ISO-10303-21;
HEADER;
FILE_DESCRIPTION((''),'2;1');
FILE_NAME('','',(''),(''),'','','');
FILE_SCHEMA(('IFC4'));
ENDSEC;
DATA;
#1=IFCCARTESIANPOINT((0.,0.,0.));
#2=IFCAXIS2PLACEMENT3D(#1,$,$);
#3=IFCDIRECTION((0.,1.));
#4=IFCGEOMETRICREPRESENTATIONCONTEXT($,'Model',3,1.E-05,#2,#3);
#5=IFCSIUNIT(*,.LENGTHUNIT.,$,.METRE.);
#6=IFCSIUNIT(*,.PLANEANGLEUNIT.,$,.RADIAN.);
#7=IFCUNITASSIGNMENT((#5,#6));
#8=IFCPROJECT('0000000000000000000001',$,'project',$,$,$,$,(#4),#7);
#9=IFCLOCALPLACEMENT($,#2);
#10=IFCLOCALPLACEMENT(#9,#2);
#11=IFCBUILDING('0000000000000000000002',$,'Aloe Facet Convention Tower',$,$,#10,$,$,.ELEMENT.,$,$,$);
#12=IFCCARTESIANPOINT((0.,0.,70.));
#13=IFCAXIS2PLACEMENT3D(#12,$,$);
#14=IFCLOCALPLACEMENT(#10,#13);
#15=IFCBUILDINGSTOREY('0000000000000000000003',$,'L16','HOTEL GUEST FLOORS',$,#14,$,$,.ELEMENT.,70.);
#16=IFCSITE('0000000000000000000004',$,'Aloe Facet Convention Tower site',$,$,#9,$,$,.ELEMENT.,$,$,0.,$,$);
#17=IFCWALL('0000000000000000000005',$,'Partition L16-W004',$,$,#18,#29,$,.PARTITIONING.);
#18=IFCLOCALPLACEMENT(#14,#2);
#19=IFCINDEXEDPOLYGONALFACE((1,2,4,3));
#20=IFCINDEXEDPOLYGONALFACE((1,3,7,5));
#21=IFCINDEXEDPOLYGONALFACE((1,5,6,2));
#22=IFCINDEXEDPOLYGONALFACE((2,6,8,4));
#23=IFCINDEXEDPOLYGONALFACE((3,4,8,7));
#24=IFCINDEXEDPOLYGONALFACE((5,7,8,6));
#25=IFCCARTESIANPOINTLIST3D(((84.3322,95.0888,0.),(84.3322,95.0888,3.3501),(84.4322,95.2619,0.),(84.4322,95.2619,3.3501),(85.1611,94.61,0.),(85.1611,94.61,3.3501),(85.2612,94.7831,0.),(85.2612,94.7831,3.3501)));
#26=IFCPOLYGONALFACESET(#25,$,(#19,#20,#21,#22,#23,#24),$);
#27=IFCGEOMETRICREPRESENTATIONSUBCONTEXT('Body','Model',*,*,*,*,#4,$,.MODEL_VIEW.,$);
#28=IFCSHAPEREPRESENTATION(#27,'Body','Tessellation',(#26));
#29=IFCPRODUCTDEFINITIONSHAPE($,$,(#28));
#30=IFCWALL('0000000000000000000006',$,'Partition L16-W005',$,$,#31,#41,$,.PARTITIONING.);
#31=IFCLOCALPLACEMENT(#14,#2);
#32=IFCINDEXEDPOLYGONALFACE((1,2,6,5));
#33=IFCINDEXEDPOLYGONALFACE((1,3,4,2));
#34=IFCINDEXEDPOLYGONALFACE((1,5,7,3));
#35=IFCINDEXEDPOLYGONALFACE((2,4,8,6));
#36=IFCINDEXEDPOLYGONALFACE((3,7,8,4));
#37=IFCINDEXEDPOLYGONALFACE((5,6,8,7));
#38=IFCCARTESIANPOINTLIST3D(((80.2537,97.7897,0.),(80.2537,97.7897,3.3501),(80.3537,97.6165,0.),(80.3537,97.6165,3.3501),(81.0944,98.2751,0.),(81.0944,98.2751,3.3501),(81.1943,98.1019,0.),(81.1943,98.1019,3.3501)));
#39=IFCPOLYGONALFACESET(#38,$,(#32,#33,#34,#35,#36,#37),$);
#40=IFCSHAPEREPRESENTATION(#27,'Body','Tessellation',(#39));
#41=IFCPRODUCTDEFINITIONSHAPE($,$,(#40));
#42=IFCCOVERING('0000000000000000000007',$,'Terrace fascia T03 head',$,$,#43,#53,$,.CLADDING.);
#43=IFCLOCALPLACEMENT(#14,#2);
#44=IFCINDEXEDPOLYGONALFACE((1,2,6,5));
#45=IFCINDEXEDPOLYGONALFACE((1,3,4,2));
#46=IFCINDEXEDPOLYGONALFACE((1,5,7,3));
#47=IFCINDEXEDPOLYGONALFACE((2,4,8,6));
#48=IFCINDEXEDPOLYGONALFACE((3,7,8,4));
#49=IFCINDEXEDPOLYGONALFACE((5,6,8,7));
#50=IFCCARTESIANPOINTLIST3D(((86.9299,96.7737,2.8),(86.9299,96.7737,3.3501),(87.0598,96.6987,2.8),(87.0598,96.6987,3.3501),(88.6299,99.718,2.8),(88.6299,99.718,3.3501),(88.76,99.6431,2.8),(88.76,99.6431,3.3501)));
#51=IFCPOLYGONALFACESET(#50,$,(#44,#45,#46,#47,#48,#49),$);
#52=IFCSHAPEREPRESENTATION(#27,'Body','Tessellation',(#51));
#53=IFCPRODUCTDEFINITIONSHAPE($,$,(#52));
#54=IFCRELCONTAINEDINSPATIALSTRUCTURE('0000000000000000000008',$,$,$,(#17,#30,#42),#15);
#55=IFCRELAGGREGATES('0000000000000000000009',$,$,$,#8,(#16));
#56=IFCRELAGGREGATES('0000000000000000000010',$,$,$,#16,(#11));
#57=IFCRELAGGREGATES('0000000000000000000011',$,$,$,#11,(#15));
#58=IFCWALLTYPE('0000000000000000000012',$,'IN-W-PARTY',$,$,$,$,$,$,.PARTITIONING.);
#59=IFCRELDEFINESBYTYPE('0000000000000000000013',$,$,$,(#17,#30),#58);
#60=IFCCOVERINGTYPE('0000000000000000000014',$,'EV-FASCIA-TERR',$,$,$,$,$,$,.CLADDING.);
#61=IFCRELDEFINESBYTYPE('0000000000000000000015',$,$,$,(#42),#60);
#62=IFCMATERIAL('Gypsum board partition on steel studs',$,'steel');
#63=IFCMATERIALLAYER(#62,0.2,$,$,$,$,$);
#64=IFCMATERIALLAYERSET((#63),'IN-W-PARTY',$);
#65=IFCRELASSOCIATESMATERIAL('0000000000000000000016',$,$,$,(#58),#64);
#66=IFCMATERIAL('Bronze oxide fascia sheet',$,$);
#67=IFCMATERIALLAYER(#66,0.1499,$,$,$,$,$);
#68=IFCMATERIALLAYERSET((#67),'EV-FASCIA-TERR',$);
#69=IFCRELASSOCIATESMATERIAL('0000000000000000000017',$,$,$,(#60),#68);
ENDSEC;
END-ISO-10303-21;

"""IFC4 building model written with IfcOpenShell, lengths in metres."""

from ifc_helpers import new_model, si_unit, direction, frame, frame_2d, origin, place, context, subcontext, project, spatial, polyline, rectangle, outline, extrude, material, layer, layer_set, type_object, element, save


model = new_model("IFC4")

# Units and contexts
model_context = context("Model", 3, precision=1e-05, world=origin(), true_north=direction((0.0, 1.0)))
body_context = subcontext(model_context, "Body", "Model", "MODEL_VIEW")
ifc_project = project(units=[si_unit("LENGTHUNIT", "METRE"), si_unit("PLANEANGLEUNIT", "RADIAN")], contexts=[model_context])

# Site, building, storey
site_placement = place(None, origin())
site = spatial("IfcSite", under=ifc_project, at=site_placement, Name="Aloe Facet Convention Tower site", CompositionType="ELEMENT", RefElevation=0.0)
building_placement = place(site_placement, origin())
building = spatial("IfcBuilding", under=site, at=building_placement, Name="Aloe Facet Convention Tower", CompositionType="ELEMENT")
storey_placement = place(building_placement, frame((0.0, 0.0, 70.0)))
storey = spatial("IfcBuildingStorey", under=building, at=storey_placement, Name="L16", Description="HOTEL GUEST FLOORS", CompositionType="ELEMENT", Elevation=70.0)

# Walls
ifc_material_1 = material(Name="Gypsum board partition on steel studs", Category="steel")
ifc_layer_1 = layer(ifc_material_1, 0.2)
ifc_layer_set_1 = layer_set([ifc_layer_1], Name="IN-W-PARTY")
wall_type_1 = type_object("IfcWallType", Name="IN-W-PARTY", PredefinedType="PARTITIONING", material=ifc_layer_set_1)
wall_1_placement = place(storey_placement, frame((84.3823, 95.1753, 0.0), z_axis=(0.0, 0.0, 1.0), x_axis=(0.865926, -0.500171, 0.0)))
element("IfcWall", 1, at=wall_1_placement, inside=storey, type_object=wall_type_1, Name="Partition L16-W004", PredefinedType="PARTITIONING", context=body_context, shape_type="SweptSolid", body=[
    extrude(rectangle(XDim=0.9573, YDim=0.2, at=frame_2d((0.4785, 0.0))), origin(), (0.0, 0.0, 1.0), 3.3501),
])
wall_2_placement = place(storey_placement, frame((80.3037, 97.7031, 0.0), z_axis=(0.0, 0.0, 1.0), x_axis=(0.866005, 0.500035, 0.0)))
element("IfcWall", 2, at=wall_2_placement, inside=storey, type_object=wall_type_1, Name="Partition L16-W005", PredefinedType="PARTITIONING", context=body_context, shape_type="SweptSolid", body=[
    extrude(rectangle(XDim=0.9707, YDim=0.2, at=frame_2d((0.4854, 0.0))), origin(), (0.0, 0.0, 1.0), 3.3501),
])

# Covering
ifc_material_2 = material(Name="Bronze oxide fascia sheet")
ifc_layer_2 = layer(ifc_material_2, 0.1499)
ifc_layer_set_2 = layer_set([ifc_layer_2], Name="EV-FASCIA-TERR")
covering_type = type_object("IfcCoveringType", Name="EV-FASCIA-TERR", PredefinedType="CLADDING", material=ifc_layer_set_2)
covering_placement = place(storey_placement, frame((0.0, 0.0, 2.8)))
element("IfcCovering", 3, at=covering_placement, inside=storey, type_object=covering_type, Name="Terrace fascia T03 head", PredefinedType="CLADDING", context=body_context, shape_type="SweptSolid", body=[
    extrude(outline(polyline([(87.0598, 96.6987), (88.76, 99.6431), (88.6299, 99.718), (86.9299, 96.7737), (87.0598, 96.6987)])), origin(), (0.0, 0.0, 1.0), 0.55),
])

save(model, "model.ifc")
